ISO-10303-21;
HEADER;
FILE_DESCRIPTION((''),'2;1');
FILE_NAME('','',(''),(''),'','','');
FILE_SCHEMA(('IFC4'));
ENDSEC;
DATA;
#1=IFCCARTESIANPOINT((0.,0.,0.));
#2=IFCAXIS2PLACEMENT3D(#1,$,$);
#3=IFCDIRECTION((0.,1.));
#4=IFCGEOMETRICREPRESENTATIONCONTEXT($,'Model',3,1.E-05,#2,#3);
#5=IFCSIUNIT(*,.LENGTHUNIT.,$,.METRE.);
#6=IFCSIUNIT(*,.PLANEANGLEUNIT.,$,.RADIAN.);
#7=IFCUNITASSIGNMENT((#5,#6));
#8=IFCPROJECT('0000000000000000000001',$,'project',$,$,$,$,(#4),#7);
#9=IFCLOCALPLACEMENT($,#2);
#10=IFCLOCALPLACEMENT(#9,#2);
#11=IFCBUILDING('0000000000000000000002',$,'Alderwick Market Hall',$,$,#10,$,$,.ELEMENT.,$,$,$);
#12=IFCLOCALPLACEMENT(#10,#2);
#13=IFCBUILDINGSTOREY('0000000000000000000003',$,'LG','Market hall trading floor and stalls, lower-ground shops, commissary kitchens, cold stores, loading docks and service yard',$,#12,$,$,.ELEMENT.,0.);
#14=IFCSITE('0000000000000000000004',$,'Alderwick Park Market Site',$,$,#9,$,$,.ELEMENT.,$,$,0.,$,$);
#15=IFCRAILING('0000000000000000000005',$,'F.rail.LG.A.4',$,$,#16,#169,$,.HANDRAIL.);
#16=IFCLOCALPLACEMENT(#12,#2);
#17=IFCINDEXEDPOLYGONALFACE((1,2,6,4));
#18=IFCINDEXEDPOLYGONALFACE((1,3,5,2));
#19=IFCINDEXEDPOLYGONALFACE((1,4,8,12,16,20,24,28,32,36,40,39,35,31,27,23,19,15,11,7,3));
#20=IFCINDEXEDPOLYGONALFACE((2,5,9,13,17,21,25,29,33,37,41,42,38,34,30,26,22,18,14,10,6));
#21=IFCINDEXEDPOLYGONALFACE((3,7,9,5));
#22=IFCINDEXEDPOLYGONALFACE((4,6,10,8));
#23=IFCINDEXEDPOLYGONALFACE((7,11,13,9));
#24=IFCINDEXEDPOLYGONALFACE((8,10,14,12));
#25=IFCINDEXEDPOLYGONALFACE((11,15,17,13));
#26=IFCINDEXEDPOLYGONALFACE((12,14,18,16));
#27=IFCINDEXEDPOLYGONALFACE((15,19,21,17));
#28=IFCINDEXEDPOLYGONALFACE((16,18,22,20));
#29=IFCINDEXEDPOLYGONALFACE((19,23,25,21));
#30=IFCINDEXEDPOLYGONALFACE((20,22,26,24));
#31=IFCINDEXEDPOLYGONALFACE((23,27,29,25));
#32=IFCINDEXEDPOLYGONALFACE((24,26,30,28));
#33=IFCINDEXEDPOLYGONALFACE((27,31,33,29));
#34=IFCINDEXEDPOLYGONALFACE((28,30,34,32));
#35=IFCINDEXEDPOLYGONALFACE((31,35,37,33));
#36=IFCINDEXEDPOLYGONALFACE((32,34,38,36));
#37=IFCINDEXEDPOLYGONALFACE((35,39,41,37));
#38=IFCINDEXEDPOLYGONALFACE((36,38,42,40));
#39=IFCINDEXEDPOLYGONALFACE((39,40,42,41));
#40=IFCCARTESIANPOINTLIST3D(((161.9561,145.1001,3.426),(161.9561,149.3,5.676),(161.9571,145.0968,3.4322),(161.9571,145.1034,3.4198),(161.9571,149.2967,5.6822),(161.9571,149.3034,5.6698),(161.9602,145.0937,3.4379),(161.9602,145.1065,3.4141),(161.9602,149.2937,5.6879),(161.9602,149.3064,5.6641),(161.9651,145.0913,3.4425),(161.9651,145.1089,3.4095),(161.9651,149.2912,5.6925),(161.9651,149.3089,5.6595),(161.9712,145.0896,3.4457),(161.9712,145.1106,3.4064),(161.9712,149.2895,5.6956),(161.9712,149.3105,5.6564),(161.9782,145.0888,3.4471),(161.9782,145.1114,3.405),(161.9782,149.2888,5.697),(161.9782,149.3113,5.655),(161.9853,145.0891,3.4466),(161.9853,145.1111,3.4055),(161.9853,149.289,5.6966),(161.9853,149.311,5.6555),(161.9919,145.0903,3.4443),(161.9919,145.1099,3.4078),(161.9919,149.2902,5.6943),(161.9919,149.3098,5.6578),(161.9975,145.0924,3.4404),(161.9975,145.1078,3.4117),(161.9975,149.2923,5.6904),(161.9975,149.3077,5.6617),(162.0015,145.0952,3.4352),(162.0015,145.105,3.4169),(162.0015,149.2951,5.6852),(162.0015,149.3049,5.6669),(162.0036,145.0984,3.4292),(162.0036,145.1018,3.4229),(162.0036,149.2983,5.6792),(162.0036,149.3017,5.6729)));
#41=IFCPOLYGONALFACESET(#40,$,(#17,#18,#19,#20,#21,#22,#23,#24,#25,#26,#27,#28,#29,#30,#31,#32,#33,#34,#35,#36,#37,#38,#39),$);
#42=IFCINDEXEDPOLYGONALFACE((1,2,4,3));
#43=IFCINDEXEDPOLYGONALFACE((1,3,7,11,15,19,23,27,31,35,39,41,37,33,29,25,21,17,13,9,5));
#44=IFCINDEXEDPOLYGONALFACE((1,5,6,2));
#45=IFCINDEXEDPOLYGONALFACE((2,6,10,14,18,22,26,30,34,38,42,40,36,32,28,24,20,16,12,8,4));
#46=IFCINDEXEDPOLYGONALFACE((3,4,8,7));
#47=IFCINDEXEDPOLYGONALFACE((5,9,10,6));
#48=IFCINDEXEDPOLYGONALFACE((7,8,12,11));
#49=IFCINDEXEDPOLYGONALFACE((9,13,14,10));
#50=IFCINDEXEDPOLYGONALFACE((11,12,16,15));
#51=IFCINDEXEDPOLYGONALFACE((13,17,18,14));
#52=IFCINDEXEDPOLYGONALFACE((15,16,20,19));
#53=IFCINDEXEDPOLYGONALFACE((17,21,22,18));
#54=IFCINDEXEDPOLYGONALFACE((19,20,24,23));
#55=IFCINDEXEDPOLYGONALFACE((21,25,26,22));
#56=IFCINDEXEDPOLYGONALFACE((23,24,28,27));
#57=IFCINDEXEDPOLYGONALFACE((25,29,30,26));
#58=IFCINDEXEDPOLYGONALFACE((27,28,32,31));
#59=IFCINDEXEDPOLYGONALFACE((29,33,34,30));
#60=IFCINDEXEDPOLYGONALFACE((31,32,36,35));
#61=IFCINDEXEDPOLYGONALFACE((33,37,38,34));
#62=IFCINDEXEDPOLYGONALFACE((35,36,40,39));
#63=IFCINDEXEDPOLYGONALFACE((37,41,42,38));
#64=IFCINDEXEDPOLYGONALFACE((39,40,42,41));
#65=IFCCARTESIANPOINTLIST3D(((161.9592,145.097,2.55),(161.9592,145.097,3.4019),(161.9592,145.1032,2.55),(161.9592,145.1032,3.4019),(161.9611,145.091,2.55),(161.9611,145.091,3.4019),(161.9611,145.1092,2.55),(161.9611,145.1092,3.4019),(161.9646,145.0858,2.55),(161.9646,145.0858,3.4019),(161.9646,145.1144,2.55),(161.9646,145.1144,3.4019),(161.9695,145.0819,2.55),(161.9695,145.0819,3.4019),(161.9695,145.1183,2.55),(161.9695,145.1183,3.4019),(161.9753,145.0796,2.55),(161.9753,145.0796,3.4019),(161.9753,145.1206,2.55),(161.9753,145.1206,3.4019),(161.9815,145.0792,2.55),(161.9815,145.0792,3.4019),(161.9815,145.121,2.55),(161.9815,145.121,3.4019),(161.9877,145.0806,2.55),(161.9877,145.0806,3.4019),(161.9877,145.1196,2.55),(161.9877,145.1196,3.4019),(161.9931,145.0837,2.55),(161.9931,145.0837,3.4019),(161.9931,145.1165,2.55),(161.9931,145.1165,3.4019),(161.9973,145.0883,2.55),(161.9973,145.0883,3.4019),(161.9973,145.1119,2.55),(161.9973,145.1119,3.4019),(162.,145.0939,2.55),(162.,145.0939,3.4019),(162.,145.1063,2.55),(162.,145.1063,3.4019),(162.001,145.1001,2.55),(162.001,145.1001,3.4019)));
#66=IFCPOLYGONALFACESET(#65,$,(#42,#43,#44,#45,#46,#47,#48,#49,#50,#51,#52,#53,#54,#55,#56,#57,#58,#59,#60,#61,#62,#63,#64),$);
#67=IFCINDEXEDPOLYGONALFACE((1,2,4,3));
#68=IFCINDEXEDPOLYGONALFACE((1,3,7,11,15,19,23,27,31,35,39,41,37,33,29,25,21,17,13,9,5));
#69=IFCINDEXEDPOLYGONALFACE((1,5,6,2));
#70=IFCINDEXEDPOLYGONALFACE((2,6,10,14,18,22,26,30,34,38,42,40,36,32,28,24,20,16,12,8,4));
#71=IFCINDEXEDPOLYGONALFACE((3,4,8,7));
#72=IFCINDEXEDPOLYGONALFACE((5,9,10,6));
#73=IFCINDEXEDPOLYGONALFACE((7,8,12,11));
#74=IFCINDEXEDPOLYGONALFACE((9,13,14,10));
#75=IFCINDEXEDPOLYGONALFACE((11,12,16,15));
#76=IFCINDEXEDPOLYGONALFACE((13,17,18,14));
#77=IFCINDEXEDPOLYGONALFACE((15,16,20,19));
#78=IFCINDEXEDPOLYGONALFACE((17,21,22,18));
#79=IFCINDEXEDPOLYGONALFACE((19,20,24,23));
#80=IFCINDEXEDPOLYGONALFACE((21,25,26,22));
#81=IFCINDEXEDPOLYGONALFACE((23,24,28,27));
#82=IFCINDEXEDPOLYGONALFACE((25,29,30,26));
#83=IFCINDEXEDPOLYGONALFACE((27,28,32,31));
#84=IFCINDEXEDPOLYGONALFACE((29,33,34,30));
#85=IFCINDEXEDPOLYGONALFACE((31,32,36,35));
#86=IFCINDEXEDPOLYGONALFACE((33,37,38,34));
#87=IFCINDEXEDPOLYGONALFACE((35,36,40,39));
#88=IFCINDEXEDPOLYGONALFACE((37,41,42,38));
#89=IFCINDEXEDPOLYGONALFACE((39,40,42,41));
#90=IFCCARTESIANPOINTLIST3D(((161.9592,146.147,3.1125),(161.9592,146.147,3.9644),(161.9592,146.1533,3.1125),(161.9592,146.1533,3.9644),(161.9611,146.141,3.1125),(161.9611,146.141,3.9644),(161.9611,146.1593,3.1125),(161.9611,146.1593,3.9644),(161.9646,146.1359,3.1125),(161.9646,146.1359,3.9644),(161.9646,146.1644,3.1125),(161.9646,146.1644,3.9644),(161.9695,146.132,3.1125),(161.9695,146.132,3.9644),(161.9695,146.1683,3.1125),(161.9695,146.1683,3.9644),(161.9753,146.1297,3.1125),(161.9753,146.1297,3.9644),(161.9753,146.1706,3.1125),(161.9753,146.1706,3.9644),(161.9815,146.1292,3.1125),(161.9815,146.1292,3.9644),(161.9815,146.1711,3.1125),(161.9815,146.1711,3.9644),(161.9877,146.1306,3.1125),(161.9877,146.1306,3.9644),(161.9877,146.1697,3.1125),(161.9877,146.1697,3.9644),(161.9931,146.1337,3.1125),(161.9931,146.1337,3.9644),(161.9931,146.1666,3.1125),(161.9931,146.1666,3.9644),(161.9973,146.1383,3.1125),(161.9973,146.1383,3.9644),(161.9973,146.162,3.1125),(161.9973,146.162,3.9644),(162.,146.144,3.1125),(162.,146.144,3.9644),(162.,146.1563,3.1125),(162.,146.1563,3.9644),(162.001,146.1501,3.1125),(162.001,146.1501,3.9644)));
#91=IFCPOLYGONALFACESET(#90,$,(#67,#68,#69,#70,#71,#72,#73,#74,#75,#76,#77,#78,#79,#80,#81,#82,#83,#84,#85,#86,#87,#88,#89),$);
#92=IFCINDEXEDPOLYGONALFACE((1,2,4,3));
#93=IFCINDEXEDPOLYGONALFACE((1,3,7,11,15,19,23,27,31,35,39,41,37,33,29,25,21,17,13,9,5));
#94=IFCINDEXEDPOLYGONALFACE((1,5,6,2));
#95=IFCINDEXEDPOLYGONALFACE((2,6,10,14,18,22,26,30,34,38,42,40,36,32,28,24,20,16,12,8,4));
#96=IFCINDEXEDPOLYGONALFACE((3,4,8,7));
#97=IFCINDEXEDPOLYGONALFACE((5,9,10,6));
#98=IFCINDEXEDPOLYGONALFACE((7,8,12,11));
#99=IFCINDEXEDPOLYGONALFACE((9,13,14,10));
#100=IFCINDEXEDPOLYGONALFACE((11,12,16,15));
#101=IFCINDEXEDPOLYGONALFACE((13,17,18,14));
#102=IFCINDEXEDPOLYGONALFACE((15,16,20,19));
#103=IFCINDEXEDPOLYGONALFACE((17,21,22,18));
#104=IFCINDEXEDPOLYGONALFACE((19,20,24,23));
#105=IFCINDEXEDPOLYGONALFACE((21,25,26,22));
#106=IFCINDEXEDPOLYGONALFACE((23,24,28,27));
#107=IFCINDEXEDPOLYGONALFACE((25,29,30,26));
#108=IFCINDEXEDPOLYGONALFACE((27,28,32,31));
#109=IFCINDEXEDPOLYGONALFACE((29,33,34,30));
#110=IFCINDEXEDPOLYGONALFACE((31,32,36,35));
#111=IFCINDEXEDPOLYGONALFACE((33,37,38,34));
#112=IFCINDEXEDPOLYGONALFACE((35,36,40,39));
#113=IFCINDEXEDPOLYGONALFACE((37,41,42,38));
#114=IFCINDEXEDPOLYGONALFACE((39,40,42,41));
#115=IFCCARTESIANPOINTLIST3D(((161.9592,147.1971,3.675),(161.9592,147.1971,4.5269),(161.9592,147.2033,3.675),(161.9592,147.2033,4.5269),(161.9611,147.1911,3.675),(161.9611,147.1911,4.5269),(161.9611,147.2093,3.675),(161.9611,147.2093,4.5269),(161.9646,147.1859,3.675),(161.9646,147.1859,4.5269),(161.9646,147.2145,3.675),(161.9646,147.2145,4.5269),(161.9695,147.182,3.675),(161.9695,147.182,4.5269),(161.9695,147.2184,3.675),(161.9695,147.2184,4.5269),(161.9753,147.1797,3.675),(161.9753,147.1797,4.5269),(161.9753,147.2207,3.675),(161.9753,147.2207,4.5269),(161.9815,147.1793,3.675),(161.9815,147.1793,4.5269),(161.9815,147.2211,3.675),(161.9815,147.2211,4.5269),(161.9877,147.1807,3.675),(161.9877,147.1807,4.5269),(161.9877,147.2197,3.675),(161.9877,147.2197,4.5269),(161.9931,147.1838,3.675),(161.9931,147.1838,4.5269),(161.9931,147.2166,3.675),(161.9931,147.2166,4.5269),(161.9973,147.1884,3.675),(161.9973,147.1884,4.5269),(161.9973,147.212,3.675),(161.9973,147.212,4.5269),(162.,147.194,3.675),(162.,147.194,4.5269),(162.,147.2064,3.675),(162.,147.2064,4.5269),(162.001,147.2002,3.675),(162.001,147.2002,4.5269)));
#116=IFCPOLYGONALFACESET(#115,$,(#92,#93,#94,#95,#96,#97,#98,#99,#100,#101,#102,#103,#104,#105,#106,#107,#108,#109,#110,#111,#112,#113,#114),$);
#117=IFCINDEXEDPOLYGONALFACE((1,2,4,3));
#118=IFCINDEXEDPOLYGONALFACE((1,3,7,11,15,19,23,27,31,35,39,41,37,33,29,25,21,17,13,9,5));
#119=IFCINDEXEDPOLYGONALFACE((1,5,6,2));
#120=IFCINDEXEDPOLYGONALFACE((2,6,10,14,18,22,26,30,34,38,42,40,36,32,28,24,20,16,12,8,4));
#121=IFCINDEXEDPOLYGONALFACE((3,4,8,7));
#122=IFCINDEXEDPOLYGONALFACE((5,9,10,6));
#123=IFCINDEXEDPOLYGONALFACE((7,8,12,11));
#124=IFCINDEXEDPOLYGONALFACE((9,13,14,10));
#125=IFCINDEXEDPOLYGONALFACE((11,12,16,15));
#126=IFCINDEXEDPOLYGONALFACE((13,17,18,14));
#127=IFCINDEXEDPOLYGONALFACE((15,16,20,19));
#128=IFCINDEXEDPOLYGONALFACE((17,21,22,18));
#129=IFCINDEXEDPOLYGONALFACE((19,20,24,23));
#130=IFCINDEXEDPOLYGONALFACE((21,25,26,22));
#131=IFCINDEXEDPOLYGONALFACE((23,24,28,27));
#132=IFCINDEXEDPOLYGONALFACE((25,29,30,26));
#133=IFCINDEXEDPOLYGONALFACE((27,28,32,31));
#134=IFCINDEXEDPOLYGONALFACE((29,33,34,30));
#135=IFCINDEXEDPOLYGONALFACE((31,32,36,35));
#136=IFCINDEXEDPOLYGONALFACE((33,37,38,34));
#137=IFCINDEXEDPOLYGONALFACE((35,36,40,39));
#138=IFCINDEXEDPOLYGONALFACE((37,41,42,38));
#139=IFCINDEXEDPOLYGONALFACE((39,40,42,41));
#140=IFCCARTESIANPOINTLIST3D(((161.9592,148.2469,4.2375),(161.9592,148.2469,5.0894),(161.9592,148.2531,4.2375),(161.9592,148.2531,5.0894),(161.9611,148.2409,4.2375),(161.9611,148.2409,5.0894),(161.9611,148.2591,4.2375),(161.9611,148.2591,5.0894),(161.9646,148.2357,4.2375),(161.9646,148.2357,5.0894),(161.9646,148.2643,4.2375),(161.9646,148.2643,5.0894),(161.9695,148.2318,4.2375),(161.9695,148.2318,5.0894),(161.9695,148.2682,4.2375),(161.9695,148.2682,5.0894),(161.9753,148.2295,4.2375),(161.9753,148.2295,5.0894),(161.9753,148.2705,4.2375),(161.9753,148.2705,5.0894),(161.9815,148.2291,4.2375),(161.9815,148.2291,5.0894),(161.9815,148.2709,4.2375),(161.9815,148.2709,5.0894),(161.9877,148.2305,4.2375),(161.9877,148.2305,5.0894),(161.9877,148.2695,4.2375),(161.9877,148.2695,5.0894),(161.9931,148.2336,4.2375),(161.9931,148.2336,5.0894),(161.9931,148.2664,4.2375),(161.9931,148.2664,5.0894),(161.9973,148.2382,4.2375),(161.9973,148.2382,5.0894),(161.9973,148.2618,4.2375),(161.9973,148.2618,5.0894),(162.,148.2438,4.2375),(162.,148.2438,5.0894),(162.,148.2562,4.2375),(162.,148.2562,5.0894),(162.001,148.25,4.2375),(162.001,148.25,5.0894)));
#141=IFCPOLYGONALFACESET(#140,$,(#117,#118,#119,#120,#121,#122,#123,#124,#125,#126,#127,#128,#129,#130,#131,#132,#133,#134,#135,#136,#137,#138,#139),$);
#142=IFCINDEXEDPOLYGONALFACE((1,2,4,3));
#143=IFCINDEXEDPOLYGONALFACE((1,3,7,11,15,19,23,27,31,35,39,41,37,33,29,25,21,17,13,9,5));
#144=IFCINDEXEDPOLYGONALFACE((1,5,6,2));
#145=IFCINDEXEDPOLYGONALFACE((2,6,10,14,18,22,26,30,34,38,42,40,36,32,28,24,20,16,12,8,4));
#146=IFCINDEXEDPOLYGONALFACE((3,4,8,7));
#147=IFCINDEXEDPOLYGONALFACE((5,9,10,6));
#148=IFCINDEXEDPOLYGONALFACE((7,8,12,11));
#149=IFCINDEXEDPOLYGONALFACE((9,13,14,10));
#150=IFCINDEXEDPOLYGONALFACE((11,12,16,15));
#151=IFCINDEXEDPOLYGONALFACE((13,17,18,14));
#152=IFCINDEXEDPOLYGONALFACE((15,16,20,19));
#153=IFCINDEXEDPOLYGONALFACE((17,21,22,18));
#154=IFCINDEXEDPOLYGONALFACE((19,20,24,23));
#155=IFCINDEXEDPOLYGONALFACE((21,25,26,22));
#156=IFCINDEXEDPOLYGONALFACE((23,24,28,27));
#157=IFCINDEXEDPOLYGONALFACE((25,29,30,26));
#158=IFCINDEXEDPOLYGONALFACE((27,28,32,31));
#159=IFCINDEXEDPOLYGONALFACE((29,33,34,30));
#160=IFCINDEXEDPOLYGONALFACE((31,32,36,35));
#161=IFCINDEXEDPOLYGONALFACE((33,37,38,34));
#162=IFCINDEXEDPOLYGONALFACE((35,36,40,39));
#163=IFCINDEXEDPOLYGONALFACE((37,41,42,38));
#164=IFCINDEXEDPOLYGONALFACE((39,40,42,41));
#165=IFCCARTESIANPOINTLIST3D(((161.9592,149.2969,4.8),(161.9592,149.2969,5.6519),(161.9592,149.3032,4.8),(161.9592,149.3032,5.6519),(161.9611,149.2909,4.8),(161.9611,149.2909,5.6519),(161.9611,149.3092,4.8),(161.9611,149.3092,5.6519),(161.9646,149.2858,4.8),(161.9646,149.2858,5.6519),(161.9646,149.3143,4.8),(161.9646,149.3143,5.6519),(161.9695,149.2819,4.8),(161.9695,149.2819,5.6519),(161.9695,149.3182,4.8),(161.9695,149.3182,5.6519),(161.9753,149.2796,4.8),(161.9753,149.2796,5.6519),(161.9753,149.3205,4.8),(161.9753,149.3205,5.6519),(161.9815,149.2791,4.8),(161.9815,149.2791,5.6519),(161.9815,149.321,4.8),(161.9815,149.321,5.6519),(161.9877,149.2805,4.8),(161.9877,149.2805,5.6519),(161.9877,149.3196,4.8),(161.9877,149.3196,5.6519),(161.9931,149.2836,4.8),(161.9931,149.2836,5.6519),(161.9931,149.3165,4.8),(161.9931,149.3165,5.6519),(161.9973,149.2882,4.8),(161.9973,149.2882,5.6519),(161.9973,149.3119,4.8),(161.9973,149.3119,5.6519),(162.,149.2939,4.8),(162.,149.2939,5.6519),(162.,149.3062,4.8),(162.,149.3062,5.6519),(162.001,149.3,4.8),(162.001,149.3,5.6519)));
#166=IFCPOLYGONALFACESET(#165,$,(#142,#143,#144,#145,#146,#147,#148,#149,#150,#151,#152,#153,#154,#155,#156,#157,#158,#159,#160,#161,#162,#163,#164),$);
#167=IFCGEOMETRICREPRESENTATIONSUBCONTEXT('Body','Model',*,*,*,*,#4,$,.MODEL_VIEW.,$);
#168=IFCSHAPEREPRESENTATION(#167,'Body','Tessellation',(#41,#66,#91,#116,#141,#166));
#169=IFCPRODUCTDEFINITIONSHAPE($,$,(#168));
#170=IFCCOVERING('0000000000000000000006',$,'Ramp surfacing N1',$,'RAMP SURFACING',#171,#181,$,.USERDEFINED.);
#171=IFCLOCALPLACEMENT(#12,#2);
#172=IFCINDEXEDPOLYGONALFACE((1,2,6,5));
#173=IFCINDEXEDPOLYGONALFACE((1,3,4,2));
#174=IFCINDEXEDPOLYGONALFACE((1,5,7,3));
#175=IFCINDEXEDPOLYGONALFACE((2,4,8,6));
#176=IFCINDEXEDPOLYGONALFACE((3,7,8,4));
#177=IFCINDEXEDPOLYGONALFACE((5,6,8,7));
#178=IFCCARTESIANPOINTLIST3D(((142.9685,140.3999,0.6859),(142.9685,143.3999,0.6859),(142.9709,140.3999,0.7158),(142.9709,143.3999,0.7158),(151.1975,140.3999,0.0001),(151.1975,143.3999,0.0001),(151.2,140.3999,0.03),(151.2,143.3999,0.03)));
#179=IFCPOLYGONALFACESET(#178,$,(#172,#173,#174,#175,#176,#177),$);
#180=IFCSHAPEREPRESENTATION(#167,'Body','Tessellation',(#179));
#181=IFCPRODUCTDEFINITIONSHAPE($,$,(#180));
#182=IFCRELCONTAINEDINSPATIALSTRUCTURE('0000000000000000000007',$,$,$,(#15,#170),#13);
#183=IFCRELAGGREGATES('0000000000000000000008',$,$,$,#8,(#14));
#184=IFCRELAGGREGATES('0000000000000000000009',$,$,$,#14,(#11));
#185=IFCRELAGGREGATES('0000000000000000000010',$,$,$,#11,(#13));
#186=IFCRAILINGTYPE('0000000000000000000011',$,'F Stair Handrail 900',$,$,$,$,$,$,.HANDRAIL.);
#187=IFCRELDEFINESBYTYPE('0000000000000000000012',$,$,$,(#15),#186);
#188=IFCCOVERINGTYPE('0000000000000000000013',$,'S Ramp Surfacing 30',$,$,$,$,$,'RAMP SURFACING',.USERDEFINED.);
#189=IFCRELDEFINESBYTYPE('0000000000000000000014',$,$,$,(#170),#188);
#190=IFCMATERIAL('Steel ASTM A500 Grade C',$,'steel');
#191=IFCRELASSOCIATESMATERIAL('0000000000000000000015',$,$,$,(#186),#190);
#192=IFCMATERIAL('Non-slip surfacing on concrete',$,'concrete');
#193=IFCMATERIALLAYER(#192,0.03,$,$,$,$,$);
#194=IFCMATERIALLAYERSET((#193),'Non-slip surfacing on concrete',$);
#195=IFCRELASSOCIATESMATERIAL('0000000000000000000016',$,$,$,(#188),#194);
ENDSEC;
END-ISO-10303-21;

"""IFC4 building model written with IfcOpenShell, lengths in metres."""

from ifc_helpers import new_model, si_unit, direction, frame, origin, origin_2d, place, context, subcontext, project, spatial, polyline, circle, outline, extrude, material, layer, layer_set, type_object, element, save


model = new_model("IFC4")

# Units and contexts
model_context = context("Model", 3, precision=1e-05, world=origin(), true_north=direction((0.0, 1.0)))
body_context = subcontext(model_context, "Body", "Model", "MODEL_VIEW")
ifc_project = project(units=[si_unit("LENGTHUNIT", "METRE"), si_unit("PLANEANGLEUNIT", "RADIAN")], contexts=[model_context])

# Site, building, storey
site_placement = place(None, origin())
site = spatial("IfcSite", under=ifc_project, at=site_placement, Name="Alderwick Park Market Site", CompositionType="ELEMENT", RefElevation=0.0)
building_placement = place(site_placement, origin())
building = spatial("IfcBuilding", under=site, at=building_placement, Name="Alderwick Market Hall", CompositionType="ELEMENT")
storey_placement = place(building_placement, origin())
storey = spatial("IfcBuildingStorey", under=building, at=storey_placement, Name="LG", Description="Market hall trading floor and stalls, lower-ground shops, commissary kitchens, cold stores, loading docks and service yard", CompositionType="ELEMENT", Elevation=0.0)

# Railing
ifc_material_1 = material(Name="Steel ASTM A500 Grade C", Category="steel")
railing_type_1 = type_object("IfcRailingType", Name="F Stair Handrail 900", PredefinedType="HANDRAIL", material=ifc_material_1)
for number, where, name in (
    (1, (161.98, 145.1001, 2.55), "F.rail.LG.A.4"),
):
    element("IfcRailing", number, at=place(storey_placement, frame(where)), inside=storey, type_object=railing_type_1, Name=name, PredefinedType="HANDRAIL", context=body_context, shape_type="SweptSolid", body=[
        extrude(circle(Radius=0.0239, at=origin_2d()), frame((0.0, 0.0, 0.876), z_axis=(0.0, 0.881478, 0.472226), x_axis=(-1.0, 0.0, 0.0)), (0.0, 0.0, 1.0), 4.7646),
        extrude(circle(Radius=0.021, at=origin_2d()), origin(), (0.0, 0.0, 1.0), 0.8518),
        extrude(circle(Radius=0.021, at=origin_2d()), frame((0.0, 1.05, 0.5625)), (0.0, 0.0, 1.0), 0.8518),
        extrude(circle(Radius=0.021, at=origin_2d()), frame((0.0, 2.1001, 1.125)), (0.0, 0.0, 1.0), 0.8518),
        extrude(circle(Radius=0.021, at=origin_2d()), frame((0.0, 3.1499, 1.6875)), (0.0, 0.0, 1.0), 0.8518),
        extrude(circle(Radius=0.021, at=origin_2d()), frame((0.0, 4.2, 2.25)), (0.0, 0.0, 1.0), 0.8518),
    ])

# Covering
ifc_material_2 = material(Name="Non-slip surfacing on concrete", Category="concrete")
ifc_layer_1 = layer(ifc_material_2, 0.03)
ifc_layer_set_1 = layer_set([ifc_layer_1], Name="Non-slip surfacing on concrete")
covering_type = type_object("IfcCoveringType", Name="S Ramp Surfacing 30", ElementType="RAMP SURFACING", PredefinedType="USERDEFINED", material=ifc_layer_set_1)
covering_placement = place(storey_placement, frame((151.2, 140.3999, 0.03), z_axis=(0.08305, 0.0, 0.996545), x_axis=(-0.996545, 0.0, 0.08305)))
element("IfcCovering", 2, at=covering_placement, inside=storey, type_object=covering_type, Name="Ramp surfacing N1", ObjectType="RAMP SURFACING", PredefinedType="USERDEFINED", context=body_context, shape_type="SweptSolid", body=[
    extrude(outline(polyline([(0.0, 0.0), (8.2575, 0.0), (8.2575, -3.0), (0.0, -3.0), (0.0, 0.0)])), origin(), (0.0, 0.0, -1.0), 0.03),
])

save(model, "model.ifc")
